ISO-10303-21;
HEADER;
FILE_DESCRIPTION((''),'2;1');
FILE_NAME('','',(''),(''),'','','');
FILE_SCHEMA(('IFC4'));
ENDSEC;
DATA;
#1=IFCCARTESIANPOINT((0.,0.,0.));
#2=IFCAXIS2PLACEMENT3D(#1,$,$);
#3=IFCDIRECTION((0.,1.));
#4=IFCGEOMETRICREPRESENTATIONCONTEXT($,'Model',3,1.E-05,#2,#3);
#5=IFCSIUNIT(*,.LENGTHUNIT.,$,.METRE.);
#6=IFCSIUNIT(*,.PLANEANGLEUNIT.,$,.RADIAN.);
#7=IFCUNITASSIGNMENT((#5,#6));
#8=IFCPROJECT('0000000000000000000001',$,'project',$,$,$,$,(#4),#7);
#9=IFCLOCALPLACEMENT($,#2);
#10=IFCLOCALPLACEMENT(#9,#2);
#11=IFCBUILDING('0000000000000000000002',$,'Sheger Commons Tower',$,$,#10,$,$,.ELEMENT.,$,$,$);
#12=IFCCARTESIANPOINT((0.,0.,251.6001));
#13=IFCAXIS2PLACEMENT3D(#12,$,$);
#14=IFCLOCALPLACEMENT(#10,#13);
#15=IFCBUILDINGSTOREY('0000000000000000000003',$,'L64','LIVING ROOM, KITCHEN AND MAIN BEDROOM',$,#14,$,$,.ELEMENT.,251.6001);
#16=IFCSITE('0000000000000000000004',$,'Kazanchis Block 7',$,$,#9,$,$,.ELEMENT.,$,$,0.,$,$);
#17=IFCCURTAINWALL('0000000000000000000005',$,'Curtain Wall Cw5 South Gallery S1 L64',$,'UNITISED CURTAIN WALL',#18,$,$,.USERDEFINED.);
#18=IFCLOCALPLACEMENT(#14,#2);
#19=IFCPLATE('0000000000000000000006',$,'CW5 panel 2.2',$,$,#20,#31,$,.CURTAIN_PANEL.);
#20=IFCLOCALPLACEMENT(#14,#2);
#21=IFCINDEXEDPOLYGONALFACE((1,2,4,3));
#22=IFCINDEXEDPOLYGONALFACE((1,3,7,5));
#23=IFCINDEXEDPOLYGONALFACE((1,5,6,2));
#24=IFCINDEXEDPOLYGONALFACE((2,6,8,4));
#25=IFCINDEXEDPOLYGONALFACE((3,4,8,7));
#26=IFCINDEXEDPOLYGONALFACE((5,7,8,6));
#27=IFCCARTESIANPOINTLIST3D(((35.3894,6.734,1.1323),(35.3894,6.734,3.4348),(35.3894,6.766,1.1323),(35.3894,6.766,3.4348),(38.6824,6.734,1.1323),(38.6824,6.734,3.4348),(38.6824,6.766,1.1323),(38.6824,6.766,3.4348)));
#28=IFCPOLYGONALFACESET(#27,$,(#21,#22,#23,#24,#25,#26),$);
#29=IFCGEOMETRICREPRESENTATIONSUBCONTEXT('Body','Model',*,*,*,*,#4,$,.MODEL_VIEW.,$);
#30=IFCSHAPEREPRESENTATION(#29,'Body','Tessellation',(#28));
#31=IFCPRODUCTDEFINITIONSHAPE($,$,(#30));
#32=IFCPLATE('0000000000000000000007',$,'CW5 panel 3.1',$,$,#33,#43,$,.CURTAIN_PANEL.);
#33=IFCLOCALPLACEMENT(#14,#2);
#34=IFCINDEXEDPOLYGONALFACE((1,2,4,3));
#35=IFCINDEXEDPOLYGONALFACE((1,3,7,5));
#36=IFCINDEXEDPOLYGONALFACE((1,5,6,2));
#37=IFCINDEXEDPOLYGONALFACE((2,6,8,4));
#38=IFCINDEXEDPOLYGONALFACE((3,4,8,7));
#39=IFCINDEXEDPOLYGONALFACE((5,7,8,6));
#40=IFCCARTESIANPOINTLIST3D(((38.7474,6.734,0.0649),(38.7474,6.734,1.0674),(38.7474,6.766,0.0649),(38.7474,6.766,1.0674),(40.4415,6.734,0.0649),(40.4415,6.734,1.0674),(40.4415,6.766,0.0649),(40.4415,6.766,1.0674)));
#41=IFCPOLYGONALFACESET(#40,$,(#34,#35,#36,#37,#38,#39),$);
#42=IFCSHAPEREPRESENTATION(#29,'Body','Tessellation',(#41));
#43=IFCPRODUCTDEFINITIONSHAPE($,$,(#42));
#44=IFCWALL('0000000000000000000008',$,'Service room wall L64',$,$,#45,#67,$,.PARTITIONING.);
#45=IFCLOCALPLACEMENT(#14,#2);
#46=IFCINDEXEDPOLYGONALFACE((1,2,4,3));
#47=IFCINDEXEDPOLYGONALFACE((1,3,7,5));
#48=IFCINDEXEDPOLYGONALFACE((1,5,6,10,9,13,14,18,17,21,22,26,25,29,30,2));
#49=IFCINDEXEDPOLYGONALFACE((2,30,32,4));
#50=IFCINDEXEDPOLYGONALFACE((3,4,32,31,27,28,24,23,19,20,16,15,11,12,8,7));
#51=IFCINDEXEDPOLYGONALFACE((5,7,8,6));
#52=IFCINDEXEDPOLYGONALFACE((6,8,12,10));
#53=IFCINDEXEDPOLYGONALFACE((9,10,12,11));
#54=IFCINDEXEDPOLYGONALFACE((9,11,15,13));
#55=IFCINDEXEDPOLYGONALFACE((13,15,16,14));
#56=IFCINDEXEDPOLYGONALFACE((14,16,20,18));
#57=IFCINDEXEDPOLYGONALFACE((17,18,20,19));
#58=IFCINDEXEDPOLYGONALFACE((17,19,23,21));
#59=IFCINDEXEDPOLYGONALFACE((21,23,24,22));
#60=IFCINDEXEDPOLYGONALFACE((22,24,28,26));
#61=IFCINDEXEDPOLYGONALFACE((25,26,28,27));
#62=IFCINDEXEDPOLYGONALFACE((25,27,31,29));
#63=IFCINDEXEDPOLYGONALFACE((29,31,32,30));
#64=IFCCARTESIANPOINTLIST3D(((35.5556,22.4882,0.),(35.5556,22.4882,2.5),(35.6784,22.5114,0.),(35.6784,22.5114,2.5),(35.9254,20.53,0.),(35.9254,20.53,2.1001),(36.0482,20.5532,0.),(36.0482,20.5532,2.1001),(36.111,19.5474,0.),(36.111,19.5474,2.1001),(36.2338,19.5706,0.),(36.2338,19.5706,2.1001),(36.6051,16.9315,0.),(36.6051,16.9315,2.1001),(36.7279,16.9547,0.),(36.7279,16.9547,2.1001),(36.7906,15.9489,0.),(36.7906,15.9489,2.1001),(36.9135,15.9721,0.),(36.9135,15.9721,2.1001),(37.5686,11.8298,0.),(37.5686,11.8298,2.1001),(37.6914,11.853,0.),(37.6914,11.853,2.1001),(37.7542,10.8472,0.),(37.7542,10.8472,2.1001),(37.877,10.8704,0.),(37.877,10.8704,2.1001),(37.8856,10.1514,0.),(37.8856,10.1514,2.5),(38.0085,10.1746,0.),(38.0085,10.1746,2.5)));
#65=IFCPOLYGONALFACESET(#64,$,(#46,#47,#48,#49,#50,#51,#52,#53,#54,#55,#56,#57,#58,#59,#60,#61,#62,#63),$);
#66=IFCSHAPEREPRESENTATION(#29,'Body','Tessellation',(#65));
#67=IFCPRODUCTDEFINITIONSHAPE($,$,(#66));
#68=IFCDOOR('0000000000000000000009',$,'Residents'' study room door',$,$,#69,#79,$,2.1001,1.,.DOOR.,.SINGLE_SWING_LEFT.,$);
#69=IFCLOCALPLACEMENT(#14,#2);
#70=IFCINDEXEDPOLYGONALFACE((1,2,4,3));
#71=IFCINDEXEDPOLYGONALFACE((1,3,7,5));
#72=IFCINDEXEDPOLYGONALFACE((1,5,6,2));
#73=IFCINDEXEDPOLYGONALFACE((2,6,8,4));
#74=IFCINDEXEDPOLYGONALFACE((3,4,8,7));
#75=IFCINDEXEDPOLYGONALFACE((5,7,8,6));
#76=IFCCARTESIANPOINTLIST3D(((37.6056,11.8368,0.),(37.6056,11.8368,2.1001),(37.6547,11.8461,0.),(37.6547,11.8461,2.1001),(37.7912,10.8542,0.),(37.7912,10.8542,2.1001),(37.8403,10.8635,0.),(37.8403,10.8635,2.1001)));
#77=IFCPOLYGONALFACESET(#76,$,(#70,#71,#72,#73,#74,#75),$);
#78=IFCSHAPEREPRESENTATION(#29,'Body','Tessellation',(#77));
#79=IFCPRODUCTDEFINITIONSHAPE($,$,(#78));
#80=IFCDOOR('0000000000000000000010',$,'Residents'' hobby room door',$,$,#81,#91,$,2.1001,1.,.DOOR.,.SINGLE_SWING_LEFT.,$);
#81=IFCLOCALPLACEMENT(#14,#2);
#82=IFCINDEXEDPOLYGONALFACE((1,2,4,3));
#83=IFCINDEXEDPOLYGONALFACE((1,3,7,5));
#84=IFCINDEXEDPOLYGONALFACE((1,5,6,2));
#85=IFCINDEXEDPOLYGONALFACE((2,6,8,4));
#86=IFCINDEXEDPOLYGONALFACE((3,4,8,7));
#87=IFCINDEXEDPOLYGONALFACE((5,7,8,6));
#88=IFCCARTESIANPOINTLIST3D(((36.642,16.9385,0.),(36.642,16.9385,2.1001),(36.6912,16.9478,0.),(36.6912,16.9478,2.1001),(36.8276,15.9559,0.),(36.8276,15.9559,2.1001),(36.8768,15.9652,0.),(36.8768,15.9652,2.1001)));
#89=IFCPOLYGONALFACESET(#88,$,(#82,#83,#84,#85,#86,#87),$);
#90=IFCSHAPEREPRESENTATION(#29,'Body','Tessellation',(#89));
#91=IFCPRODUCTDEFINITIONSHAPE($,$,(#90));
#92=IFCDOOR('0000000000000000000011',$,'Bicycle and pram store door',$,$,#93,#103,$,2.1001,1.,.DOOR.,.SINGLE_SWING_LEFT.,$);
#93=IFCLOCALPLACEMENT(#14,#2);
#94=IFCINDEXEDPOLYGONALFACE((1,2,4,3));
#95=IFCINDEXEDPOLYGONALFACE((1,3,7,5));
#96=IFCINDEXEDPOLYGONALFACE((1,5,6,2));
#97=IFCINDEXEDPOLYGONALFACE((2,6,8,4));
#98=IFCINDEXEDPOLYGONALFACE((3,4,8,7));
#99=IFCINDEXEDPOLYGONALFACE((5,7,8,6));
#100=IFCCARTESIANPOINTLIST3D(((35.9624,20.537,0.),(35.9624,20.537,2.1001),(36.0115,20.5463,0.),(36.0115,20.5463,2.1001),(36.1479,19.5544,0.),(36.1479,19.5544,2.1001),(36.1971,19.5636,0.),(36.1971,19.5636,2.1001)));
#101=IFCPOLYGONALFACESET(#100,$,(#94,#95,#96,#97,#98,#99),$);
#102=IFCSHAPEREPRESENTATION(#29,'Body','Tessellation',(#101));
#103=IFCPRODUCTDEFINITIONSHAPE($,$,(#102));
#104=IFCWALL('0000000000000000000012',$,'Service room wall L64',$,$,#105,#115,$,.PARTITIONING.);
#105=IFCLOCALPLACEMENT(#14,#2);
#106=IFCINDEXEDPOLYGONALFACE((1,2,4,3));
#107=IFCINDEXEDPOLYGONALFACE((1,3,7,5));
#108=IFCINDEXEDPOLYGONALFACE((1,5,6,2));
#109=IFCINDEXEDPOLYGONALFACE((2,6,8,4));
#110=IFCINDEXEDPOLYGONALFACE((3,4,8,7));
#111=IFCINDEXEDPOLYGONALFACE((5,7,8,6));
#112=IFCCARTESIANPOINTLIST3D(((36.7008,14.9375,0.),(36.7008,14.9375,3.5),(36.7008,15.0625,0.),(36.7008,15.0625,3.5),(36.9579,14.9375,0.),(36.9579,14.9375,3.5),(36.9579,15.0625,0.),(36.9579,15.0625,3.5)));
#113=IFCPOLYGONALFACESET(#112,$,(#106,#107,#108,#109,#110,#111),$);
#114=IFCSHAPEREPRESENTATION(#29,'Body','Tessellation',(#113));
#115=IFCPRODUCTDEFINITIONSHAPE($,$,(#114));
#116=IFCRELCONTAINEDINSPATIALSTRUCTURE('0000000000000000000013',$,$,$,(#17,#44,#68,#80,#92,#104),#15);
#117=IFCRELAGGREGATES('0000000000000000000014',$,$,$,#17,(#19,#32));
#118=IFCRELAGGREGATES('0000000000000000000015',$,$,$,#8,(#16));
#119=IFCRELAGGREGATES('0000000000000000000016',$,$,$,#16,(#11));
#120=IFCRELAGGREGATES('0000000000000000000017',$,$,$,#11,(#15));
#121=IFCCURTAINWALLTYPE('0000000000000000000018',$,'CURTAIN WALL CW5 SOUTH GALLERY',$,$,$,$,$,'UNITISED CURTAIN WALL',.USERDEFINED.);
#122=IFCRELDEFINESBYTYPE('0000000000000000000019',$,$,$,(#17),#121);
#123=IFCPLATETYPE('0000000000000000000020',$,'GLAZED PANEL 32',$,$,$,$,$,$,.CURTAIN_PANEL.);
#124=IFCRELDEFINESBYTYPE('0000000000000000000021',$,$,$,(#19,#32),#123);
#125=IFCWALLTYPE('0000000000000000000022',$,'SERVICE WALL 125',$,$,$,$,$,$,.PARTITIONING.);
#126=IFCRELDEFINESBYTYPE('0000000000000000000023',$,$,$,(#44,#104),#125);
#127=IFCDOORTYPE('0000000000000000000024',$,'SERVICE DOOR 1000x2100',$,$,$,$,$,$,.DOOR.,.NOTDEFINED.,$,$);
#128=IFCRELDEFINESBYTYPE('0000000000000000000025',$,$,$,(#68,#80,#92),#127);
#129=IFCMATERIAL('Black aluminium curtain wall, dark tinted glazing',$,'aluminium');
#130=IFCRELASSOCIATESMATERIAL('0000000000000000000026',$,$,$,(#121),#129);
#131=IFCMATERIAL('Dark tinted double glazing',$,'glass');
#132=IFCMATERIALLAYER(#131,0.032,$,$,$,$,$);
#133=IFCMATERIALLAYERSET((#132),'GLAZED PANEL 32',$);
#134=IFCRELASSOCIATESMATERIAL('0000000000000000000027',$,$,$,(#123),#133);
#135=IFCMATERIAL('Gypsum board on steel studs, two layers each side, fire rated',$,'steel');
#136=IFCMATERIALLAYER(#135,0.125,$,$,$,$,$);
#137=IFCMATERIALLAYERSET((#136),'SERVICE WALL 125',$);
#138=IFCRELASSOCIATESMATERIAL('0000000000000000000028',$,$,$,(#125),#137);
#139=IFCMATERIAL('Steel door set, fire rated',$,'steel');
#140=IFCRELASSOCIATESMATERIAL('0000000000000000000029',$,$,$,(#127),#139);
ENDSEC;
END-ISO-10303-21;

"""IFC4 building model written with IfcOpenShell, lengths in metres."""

from ifc_helpers import new_model, si_unit, direction, frame, frame_2d, origin, origin_2d, place, context, subcontext, project, spatial, rectangle, extrude, material, layer, layer_set, type_object, element, fill, aggregate, save


model = new_model("IFC4")

# Units and contexts
model_context = context("Model", 3, precision=1e-05, world=origin(), true_north=direction((0.0, 1.0)))
body_context = subcontext(model_context, "Body", "Model", "MODEL_VIEW")
ifc_project = project(units=[si_unit("LENGTHUNIT", "METRE"), si_unit("PLANEANGLEUNIT", "RADIAN")], contexts=[model_context])

# Site, building, storey
site_placement = place(None, origin())
site = spatial("IfcSite", under=ifc_project, at=site_placement, Name="Kazanchis Block 7", CompositionType="ELEMENT", RefElevation=0.0)
building_placement = place(site_placement, origin())
building = spatial("IfcBuilding", under=site, at=building_placement, Name="Sheger Commons Tower", CompositionType="ELEMENT")
storey_placement = place(building_placement, frame((0.0, 0.0, 251.6001)))
storey = spatial("IfcBuildingStorey", under=building, at=storey_placement, Name="L64", Description="LIVING ROOM, KITCHEN AND MAIN BEDROOM", CompositionType="ELEMENT", Elevation=251.6001)

# Curtain wall
ifc_material_1 = material(Name="Black aluminium curtain wall, dark tinted glazing", Category="aluminium")
curtain_wall_type = type_object("IfcCurtainWallType", Name="CURTAIN WALL CW5 SOUTH GALLERY", ElementType="UNITISED CURTAIN WALL", PredefinedType="USERDEFINED", material=ifc_material_1)
curtain_wall_placement = place(storey_placement, origin())
curtain_wall = element("IfcCurtainWall", 1, at=curtain_wall_placement, inside=storey, type_object=curtain_wall_type, Name="Curtain Wall Cw5 South Gallery S1 L64", ObjectType="UNITISED CURTAIN WALL", PredefinedType="USERDEFINED")

# Plates
ifc_material_2 = material(Name="Dark tinted double glazing", Category="glass")
ifc_layer_1 = layer(ifc_material_2, 0.032)
ifc_layer_set_1 = layer_set([ifc_layer_1], Name="GLAZED PANEL 32")
plate_type = type_object("IfcPlateType", Name="GLAZED PANEL 32", PredefinedType="CURTAIN_PANEL", material=ifc_layer_set_1)
plate_1_placement = place(storey_placement, frame((37.0359, 6.75, 1.1323), z_axis=(0.0, 0.0, 1.0), x_axis=(1.0, 0.0, 0.0)))
plate_1 = element("IfcPlate", 2, at=plate_1_placement, type_object=plate_type, Name="CW5 panel 2.2", PredefinedType="CURTAIN_PANEL", context=body_context, shape_type="SweptSolid", body=[
    extrude(rectangle(XDim=3.293, YDim=0.032, at=origin_2d()), origin(), (0.0, 0.0, 1.0), 2.3025),
])
plate_2_placement = place(storey_placement, frame((39.5945, 6.75, 0.0649), z_axis=(0.0, 0.0, 1.0), x_axis=(1.0, 0.0, 0.0)))
plate_2 = element("IfcPlate", 3, at=plate_2_placement, type_object=plate_type, Name="CW5 panel 3.1", PredefinedType="CURTAIN_PANEL", context=body_context, shape_type="SweptSolid", body=[
    extrude(rectangle(XDim=1.6941, YDim=0.032, at=origin_2d()), origin(), (0.0, 0.0, 1.0), 1.0024),
])
aggregate(curtain_wall, [plate_1, plate_2])

# Wall, openings, doors
ifc_material_3 = material(Name="Gypsum board on steel studs, two layers each side, fire rated", Category="steel")
ifc_layer_2 = layer(ifc_material_3, 0.125)
ifc_layer_set_2 = layer_set([ifc_layer_2], Name="SERVICE WALL 125")
wall_type = type_object("IfcWallType", Name="SERVICE WALL 125", PredefinedType="PARTITIONING", material=ifc_layer_set_2)
wall_1_placement = place(storey_placement, frame((37.947, 10.1631, 0.0), z_axis=(0.0, 0.0, 1.0), x_axis=(-0.185589, 0.982627, 0.0)))
wall_1 = element("IfcWall", 4, at=wall_1_placement, inside=storey, type_object=wall_type, Name="Service room wall L64", PredefinedType="PARTITIONING", context=body_context, shape_type="SweptSolid", body=[
    extrude(rectangle(XDim=12.5549, YDim=0.125, at=frame_2d((6.2773, 0.0))), origin(), (0.0, 0.0, 1.0), 2.5),
])
opening_1_placement = place(wall_1_placement, frame((0.708, 0.0, 0.0)))
opening_1 = element("IfcOpeningElement", 5, at=opening_1_placement, cuts=wall_1, PredefinedType="OPENING", context=body_context, shape_type="SweptSolid", body=[
    extrude(rectangle(XDim=1.0, YDim=2.1001, at=frame_2d((0.5, 1.05))), frame((0.0, 0.0725, 0.0), z_axis=(0.0, -1.0, 0.0), x_axis=(1.0, 0.0, 0.0)), (0.0, 0.0, 1.0), 0.145),
])
opening_2_placement = place(wall_1_placement, frame((5.8999, 0.0, 0.0)))
opening_2 = element("IfcOpeningElement", 6, at=opening_2_placement, cuts=wall_1, PredefinedType="OPENING", context=body_context, shape_type="SweptSolid", body=[
    extrude(rectangle(XDim=1.0, YDim=2.1001, at=frame_2d((0.5, 1.05))), frame((0.0, 0.0725, 0.0), z_axis=(0.0, -1.0, 0.0), x_axis=(1.0, 0.0, 0.0)), (0.0, 0.0, 1.0), 0.145),
])
opening_3_placement = place(wall_1_placement, frame((9.562, 0.0, 0.0)))
opening_3 = element("IfcOpeningElement", 7, at=opening_3_placement, cuts=wall_1, PredefinedType="OPENING", context=body_context, shape_type="SweptSolid", body=[
    extrude(rectangle(XDim=1.0, YDim=2.1001, at=frame_2d((0.5, 1.05))), frame((0.0, 0.0725, 0.0), z_axis=(0.0, -1.0, 0.0), x_axis=(1.0, 0.0, 0.0)), (0.0, 0.0, 1.0), 0.145),
])
ifc_material_4 = material(Name="Steel door set, fire rated", Category="steel")
door_type = type_object("IfcDoorType", Name="SERVICE DOOR 1000x2100", OperationType="NOTDEFINED", PredefinedType="DOOR", material=ifc_material_4)
door_1_placement = place(opening_1_placement, origin())
door_1 = element("IfcDoor", 8, at=door_1_placement, inside=storey, type_object=door_type, Name="Residents' study room door", OperationType="SINGLE_SWING_LEFT", OverallHeight=2.1001, OverallWidth=1.0, PredefinedType="DOOR", context=body_context, shape_type="SweptSolid", body=[
    extrude(rectangle(XDim=1.0, YDim=2.1001, at=frame_2d((0.5, 1.05))), frame((0.0, 0.0249, 0.0), z_axis=(0.0, -1.0, 0.0), x_axis=(1.0, 0.0, 0.0)), (0.0, 0.0, 1.0), 0.05),
])
fill(opening_1, door_1)
door_2_placement = place(opening_2_placement, origin())
door_2 = element("IfcDoor", 9, at=door_2_placement, inside=storey, type_object=door_type, Name="Residents' hobby room door", OperationType="SINGLE_SWING_LEFT", OverallHeight=2.1001, OverallWidth=1.0, PredefinedType="DOOR", context=body_context, shape_type="SweptSolid", body=[
    extrude(rectangle(XDim=1.0, YDim=2.1001, at=frame_2d((0.5, 1.05))), frame((0.0, 0.0249, 0.0), z_axis=(0.0, -1.0, 0.0), x_axis=(1.0, 0.0, 0.0)), (0.0, 0.0, 1.0), 0.05),
])
fill(opening_2, door_2)
door_3_placement = place(opening_3_placement, origin())
door_3 = element("IfcDoor", 10, at=door_3_placement, inside=storey, type_object=door_type, Name="Bicycle and pram store door", OperationType="SINGLE_SWING_LEFT", OverallHeight=2.1001, OverallWidth=1.0, PredefinedType="DOOR", context=body_context, shape_type="SweptSolid", body=[
    extrude(rectangle(XDim=1.0, YDim=2.1001, at=frame_2d((0.5, 1.05))), frame((0.0, 0.0249, 0.0), z_axis=(0.0, -1.0, 0.0), x_axis=(1.0, 0.0, 0.0)), (0.0, 0.0, 1.0), 0.05),
])
fill(opening_3, door_3)

# Wall
wall_2_placement = place(storey_placement, frame((36.7009, 15.0, 0.0), z_axis=(0.0, 0.0, 1.0), x_axis=(1.0, 0.0, 0.0)))
element("IfcWall", 11, at=wall_2_placement, inside=storey, type_object=wall_type, Name="Service room wall L64", PredefinedType="PARTITIONING", context=body_context, shape_type="SweptSolid", body=[
    extrude(rectangle(XDim=0.2571, YDim=0.125, at=frame_2d((0.1284, 0.0))), origin(), (0.0, 0.0, 1.0), 3.5),
])

save(model, "model.ifc")
